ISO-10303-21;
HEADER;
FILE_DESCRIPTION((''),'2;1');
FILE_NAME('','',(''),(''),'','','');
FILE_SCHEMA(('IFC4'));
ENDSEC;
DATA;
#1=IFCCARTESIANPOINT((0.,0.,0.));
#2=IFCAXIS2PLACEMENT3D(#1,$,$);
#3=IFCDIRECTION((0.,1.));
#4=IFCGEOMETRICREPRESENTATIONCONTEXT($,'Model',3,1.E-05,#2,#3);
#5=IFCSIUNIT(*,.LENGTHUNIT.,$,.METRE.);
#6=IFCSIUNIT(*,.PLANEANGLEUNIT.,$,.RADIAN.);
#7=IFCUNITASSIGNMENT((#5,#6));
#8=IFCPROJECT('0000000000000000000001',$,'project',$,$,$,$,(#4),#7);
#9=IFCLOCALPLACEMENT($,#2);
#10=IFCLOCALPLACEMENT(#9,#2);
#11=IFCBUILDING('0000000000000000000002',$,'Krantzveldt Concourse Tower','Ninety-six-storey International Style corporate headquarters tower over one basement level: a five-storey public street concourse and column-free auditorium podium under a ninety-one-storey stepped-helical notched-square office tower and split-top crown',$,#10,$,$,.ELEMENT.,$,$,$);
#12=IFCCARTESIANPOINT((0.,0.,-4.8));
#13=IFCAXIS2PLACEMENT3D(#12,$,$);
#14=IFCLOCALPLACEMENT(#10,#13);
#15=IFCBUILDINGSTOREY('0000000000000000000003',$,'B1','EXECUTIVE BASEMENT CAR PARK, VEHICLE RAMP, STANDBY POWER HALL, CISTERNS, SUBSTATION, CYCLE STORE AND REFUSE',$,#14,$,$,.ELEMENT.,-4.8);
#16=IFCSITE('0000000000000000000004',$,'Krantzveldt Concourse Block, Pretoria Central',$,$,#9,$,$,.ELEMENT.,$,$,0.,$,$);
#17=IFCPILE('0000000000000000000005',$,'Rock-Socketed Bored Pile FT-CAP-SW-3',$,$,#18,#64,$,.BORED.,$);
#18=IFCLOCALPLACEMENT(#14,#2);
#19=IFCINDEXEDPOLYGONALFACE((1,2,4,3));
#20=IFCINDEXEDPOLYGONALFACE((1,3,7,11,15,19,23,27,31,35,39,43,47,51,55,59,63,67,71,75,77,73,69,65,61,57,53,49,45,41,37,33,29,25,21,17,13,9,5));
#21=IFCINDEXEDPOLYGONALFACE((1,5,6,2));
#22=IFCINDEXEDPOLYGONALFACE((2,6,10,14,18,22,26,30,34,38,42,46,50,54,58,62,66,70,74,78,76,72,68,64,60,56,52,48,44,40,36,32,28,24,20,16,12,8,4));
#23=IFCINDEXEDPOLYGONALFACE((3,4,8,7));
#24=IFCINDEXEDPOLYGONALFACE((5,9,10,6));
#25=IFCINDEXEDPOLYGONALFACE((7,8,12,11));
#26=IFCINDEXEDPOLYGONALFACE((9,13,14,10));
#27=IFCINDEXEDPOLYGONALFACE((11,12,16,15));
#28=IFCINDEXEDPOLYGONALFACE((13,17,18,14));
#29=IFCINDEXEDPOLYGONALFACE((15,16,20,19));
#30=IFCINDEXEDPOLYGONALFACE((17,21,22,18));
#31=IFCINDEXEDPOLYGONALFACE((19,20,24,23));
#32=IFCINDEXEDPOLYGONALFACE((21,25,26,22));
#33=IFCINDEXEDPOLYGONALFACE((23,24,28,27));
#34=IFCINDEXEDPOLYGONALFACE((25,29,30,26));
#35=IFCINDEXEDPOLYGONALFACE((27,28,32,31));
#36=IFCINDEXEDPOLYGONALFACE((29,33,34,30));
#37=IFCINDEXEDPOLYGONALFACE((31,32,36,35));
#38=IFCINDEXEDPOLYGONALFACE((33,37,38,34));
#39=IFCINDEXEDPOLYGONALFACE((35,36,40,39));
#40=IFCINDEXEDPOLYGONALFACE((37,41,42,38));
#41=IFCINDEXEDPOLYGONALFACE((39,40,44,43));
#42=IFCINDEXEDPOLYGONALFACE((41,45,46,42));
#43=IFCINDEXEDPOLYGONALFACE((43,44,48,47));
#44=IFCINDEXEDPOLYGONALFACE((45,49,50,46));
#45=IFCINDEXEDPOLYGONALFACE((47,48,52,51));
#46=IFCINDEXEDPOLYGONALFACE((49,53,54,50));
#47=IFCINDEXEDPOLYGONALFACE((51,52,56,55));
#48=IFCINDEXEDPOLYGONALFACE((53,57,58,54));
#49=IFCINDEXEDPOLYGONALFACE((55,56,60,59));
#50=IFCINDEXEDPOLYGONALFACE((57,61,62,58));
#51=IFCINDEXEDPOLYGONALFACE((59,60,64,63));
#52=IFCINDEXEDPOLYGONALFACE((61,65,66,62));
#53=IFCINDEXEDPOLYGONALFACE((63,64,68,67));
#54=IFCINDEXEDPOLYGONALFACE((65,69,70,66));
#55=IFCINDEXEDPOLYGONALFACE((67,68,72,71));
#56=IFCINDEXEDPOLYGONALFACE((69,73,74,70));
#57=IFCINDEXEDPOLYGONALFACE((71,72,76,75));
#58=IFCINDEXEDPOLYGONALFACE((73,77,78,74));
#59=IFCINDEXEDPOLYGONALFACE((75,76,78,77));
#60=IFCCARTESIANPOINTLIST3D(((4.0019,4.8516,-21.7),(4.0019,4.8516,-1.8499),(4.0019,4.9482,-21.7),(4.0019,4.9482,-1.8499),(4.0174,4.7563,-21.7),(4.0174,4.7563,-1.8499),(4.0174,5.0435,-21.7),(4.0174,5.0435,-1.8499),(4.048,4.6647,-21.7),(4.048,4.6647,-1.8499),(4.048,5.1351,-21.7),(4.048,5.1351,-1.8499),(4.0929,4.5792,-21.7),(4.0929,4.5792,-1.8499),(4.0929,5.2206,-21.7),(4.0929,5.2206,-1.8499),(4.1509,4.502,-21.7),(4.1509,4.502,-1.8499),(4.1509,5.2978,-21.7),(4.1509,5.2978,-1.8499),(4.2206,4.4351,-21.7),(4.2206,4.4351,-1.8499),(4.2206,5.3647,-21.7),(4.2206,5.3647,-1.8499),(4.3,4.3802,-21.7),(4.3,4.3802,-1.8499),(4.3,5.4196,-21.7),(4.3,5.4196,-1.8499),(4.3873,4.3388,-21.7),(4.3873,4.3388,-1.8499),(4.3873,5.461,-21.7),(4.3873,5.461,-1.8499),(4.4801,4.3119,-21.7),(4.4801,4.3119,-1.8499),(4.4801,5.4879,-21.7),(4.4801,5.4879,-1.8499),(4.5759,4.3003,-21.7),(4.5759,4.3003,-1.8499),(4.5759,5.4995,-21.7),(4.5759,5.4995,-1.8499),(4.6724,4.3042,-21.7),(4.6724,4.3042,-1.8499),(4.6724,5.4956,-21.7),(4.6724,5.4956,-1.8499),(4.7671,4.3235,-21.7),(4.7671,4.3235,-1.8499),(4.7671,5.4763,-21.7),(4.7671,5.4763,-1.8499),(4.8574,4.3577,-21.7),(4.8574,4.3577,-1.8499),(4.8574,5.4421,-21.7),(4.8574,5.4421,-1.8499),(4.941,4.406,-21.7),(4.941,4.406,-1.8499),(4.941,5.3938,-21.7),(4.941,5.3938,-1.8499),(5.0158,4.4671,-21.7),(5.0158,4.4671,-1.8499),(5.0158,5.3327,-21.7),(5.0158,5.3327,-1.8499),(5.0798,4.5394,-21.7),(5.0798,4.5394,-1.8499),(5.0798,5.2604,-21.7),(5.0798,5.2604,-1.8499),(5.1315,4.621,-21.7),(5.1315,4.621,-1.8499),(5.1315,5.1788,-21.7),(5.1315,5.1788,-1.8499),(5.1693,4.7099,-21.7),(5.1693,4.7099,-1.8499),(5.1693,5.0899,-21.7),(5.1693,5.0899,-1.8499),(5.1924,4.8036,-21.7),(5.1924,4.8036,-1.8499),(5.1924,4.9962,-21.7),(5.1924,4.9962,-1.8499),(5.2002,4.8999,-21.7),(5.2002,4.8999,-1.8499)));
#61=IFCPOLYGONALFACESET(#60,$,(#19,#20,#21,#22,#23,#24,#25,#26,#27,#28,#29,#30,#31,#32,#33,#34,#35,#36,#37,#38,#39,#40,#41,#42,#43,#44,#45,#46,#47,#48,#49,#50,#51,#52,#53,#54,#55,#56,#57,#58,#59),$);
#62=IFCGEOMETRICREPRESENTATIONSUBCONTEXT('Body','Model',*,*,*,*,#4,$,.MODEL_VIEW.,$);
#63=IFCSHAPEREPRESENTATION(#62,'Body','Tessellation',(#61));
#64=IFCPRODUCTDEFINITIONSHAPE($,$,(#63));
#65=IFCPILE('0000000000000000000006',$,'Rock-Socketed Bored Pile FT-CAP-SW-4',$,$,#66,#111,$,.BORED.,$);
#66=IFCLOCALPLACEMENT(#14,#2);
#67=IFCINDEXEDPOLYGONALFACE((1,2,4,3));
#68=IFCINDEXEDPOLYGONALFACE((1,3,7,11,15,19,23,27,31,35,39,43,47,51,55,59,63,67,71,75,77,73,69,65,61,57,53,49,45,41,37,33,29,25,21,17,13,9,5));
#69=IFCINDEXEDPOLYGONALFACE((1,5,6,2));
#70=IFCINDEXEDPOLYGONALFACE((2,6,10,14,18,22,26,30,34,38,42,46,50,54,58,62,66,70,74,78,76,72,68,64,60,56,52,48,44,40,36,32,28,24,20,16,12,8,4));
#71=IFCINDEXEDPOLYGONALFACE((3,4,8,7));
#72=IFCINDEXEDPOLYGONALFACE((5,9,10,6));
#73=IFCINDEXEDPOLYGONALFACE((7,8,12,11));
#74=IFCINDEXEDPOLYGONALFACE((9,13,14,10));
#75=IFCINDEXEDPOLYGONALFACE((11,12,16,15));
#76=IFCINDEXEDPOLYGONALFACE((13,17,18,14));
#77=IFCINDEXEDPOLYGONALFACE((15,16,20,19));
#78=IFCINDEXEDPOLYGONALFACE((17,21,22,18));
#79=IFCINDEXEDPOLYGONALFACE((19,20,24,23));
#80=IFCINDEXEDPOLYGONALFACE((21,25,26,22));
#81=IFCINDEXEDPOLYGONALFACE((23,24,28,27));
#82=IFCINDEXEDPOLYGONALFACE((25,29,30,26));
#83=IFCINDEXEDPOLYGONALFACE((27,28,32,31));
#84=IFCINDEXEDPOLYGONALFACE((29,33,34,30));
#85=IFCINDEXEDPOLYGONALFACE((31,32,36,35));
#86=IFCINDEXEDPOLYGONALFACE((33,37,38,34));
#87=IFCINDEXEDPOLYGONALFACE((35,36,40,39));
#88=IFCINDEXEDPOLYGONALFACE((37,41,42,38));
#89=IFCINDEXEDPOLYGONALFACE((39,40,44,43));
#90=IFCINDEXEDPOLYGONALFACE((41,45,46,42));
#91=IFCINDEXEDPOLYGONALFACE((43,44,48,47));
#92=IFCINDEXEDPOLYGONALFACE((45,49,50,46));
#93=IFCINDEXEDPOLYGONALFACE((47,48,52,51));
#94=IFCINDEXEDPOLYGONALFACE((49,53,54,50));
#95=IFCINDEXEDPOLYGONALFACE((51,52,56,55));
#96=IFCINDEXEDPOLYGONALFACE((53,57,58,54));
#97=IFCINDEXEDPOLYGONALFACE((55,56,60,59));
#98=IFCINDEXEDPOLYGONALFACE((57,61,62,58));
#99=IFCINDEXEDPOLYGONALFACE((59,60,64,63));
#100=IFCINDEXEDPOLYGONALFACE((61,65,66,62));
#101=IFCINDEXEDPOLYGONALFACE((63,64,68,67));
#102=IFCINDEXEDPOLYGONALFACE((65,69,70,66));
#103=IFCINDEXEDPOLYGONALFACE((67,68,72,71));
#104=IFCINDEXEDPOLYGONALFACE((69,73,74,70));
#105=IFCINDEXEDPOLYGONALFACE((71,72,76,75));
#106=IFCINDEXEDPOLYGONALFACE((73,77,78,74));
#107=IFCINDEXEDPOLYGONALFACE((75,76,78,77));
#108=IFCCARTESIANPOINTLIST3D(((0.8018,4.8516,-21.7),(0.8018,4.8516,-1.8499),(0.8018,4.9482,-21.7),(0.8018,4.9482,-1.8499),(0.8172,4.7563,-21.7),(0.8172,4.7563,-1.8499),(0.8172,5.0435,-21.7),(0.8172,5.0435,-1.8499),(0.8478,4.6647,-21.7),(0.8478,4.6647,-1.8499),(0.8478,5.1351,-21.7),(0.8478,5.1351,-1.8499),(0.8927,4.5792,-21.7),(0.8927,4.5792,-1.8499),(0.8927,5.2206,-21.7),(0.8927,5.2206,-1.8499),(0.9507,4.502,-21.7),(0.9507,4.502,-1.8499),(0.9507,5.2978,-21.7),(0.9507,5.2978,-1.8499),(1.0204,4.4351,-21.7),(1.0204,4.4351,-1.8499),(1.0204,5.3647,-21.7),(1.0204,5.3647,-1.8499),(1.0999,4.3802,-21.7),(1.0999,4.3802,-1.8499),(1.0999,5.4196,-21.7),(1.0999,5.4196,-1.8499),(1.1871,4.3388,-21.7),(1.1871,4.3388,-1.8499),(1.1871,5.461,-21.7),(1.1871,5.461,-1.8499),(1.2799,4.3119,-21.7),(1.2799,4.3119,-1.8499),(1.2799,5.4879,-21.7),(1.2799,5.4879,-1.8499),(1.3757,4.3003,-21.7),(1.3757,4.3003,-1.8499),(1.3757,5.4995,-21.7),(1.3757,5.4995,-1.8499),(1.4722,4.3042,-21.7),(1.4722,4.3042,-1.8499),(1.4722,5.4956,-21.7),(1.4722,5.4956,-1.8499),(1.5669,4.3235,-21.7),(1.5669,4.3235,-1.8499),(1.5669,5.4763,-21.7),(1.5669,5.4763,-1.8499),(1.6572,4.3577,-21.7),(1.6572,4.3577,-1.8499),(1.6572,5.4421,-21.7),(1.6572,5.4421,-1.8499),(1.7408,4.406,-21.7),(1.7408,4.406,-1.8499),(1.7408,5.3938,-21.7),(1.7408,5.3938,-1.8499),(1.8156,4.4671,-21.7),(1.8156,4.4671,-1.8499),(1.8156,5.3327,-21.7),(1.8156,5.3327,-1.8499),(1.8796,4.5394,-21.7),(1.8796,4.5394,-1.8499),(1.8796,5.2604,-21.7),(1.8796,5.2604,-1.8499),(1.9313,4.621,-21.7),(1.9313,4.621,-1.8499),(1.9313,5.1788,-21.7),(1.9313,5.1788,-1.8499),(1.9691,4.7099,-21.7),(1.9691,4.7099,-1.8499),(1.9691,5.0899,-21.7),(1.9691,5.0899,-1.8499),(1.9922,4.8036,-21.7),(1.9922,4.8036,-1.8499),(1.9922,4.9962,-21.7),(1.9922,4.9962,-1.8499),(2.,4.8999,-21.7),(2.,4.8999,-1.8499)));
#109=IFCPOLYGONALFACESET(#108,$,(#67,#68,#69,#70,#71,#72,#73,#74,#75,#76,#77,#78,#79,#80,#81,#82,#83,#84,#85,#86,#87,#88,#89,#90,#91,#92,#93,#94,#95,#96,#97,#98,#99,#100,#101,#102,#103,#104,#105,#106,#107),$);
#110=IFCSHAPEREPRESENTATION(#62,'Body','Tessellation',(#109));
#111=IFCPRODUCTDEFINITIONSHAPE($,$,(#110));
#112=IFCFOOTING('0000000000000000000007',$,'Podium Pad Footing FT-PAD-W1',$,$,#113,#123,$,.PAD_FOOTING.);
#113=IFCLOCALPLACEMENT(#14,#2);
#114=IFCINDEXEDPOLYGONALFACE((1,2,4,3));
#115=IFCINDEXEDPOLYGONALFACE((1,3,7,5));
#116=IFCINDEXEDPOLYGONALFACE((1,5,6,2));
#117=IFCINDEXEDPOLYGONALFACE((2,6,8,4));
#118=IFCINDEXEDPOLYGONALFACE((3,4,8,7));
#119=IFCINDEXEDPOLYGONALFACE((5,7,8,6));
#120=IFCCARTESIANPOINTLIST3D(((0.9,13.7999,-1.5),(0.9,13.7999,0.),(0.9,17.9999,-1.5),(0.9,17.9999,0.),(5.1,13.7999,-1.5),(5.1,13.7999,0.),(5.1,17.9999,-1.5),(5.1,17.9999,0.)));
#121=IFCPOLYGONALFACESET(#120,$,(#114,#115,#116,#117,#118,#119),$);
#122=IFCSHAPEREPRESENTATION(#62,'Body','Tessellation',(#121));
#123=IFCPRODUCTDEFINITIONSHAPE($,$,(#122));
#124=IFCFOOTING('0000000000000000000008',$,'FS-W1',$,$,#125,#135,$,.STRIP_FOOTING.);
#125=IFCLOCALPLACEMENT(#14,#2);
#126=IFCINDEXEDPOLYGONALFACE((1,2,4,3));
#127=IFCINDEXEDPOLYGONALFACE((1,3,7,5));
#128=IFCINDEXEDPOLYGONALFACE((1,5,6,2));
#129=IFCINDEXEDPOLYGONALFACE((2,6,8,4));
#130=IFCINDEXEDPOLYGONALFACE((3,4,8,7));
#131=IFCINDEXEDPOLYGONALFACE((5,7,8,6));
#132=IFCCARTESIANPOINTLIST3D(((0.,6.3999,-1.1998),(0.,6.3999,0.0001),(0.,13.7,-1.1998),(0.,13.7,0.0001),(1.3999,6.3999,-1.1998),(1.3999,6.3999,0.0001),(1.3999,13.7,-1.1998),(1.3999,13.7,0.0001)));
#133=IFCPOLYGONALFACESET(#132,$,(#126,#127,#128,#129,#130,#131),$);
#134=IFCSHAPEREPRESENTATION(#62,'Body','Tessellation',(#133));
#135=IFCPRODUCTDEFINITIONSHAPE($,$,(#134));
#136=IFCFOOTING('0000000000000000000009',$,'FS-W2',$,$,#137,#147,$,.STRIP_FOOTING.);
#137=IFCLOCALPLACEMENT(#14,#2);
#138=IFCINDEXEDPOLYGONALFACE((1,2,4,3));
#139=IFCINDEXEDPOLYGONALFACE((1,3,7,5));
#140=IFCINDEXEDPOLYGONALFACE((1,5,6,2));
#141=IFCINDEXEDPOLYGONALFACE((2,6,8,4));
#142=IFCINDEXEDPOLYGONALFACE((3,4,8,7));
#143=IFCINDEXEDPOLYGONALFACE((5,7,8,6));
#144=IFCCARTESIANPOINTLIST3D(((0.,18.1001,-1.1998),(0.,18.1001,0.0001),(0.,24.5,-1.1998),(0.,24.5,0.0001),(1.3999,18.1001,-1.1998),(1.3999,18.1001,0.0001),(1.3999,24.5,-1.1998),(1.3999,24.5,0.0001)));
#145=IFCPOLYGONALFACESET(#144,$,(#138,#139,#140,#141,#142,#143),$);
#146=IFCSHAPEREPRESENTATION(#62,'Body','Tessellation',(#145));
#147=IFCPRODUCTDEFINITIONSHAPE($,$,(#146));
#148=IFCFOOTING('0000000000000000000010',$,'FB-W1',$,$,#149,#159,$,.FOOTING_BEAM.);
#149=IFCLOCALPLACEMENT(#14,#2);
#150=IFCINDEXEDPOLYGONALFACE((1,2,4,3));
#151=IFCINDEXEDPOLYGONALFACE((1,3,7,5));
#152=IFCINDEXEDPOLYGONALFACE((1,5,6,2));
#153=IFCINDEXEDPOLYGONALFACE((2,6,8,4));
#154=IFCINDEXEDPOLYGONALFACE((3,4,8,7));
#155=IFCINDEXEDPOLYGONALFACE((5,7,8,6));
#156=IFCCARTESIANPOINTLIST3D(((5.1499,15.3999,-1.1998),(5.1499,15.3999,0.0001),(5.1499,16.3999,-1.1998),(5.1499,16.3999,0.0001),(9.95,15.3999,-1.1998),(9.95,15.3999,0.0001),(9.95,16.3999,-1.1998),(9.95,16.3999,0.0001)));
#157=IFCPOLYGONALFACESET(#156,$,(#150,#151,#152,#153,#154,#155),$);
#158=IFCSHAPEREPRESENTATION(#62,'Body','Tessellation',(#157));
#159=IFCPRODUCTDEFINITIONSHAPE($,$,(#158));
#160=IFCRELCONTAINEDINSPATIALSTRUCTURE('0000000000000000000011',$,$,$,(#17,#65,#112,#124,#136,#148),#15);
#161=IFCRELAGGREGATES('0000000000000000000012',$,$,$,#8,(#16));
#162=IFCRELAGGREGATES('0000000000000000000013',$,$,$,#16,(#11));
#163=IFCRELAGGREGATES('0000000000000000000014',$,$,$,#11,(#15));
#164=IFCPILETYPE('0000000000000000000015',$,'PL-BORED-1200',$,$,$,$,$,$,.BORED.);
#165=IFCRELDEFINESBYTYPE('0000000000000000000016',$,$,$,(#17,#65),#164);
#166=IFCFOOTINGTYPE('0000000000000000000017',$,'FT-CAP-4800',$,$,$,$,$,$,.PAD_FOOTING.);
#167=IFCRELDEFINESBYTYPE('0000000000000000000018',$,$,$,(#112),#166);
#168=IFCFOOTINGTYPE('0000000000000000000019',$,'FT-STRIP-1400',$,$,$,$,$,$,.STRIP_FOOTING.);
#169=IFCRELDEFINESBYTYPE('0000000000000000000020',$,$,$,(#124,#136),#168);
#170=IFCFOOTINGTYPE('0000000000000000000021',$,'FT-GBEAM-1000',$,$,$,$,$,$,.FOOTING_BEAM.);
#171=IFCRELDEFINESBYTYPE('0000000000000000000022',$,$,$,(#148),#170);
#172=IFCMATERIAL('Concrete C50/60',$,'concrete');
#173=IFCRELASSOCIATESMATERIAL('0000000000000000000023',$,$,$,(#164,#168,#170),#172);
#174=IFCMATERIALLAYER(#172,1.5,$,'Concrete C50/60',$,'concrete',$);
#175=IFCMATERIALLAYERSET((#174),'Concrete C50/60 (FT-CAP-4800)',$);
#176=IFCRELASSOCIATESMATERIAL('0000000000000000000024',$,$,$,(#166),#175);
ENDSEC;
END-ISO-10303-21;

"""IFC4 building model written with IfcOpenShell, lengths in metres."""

from ifc_helpers import new_model, si_unit, direction, frame, origin, origin_2d, place, context, subcontext, project, spatial, rectangle, circle, extrude, source, transform, mapped, material, layer, layer_set, material_profile, profile_set, type_object, type_shapes, element, save


model = new_model("IFC4")

# Units and contexts
model_context = context("Model", 3, precision=1e-05, world=origin(), true_north=direction((0.0, 1.0)))
body_context = subcontext(model_context, "Body", "Model", "MODEL_VIEW")
ifc_project = project(units=[si_unit("LENGTHUNIT", "METRE"), si_unit("PLANEANGLEUNIT", "RADIAN")], contexts=[model_context])

# Site, building, storey
site_placement = place(None, origin())
site = spatial("IfcSite", under=ifc_project, at=site_placement, Name="Krantzveldt Concourse Block, Pretoria Central", CompositionType="ELEMENT", RefElevation=0.0)
building_placement = place(site_placement, origin())
building = spatial("IfcBuilding", under=site, at=building_placement, Name="Krantzveldt Concourse Tower", Description="Ninety-six-storey International Style corporate headquarters tower over one basement level: a five-storey public street concourse and column-free auditorium podium under a ninety-one-storey stepped-helical notched-square office tower and split-top crown", CompositionType="ELEMENT")
storey_placement = place(building_placement, frame((0.0, 0.0, -4.8)))
storey = spatial("IfcBuildingStorey", under=building, at=storey_placement, Name="B1", Description="EXECUTIVE BASEMENT CAR PARK, VEHICLE RAMP, STANDBY POWER HALL, CISTERNS, SUBSTATION, CYCLE STORE AND REFUSE", CompositionType="ELEMENT", Elevation=-4.8)

# Piles
ifc_material_1 = material(Name="Concrete C50/60", Category="concrete")
ifc_material_profile_1 = material_profile(ifc_material_1, circle(Radius=0.6001, at=origin_2d()), Name="Concrete C50/60", Category="concrete")
ifc_profile_set_1 = profile_set([ifc_material_profile_1], Name="Concrete C50/60 - PILE D1200")
pile_type = type_object("IfcPileType", Name="PL-BORED-1200", PredefinedType="BORED", material=ifc_profile_set_1)
shared_shape_1 = source(origin(), body_context, "Body", "SweptSolid", [
    extrude(circle(Radius=0.6001, at=origin_2d()), origin(), (0.0, 0.0, 1.0), 19.8501),
])
for number, where, z_axis, x_axis, name in (
    (1, (4.6001, 4.8999, -1.8499), (0.0, 0.0, -1.0), (1.0, 0.0, 0.0), "Rock-Socketed Bored Pile FT-CAP-SW-3"),
    (2, (1.3999, 4.8999, -1.8499), (0.0, 0.0, -1.0), (1.0, 0.0, 0.0), "Rock-Socketed Bored Pile FT-CAP-SW-4"),
):
    element("IfcPile", number, at=place(storey_placement, frame(where, z_axis=z_axis, x_axis=x_axis)), inside=storey, type_object=pile_type, Name=name, PredefinedType="BORED", context=body_context, shape_type="MappedRepresentation", body=[
        mapped(shared_shape_1, transform((0.0, 0.0, 0.0), x_axis=(1.0, 0.0, 0.0), y_axis=(0.0, 1.0, 0.0), z_axis=(0.0, 0.0, 1.0), scale=1.0)),
    ])

# Footings
ifc_layer = layer(ifc_material_1, 1.5, Name="Concrete C50/60", Category="concrete")
ifc_layer_set = layer_set([ifc_layer], Name="Concrete C50/60 (FT-CAP-4800)")
footing_type_1 = type_object("IfcFootingType", Name="FT-CAP-4800", PredefinedType="PAD_FOOTING", material=ifc_layer_set)
shared_shape_2 = source(origin(), body_context, "Body", "SweptSolid", [
    extrude(rectangle(XDim=4.2, YDim=4.2, at=origin_2d()), origin(), (0.0, 0.0, 1.0), 1.5),
])
type_shapes(footing_type_1, [shared_shape_2])
footing_1_placement = place(storey_placement, frame((3.0, 15.8999, -1.5), z_axis=(0.0, 0.0, 1.0), x_axis=(1.0, 0.0, 0.0)))
element("IfcFooting", 3, at=footing_1_placement, inside=storey, type_object=footing_type_1, Name="Podium Pad Footing FT-PAD-W1", PredefinedType="PAD_FOOTING", context=body_context, shape_type="MappedRepresentation", body=[
    mapped(shared_shape_2, transform((0.0, 0.0, 0.0), x_axis=(1.0, 0.0, 0.0), y_axis=(0.0, 1.0, 0.0), z_axis=(0.0, 0.0, 1.0), scale=1.0)),
])
ifc_material_profile_2 = material_profile(ifc_material_1, rectangle(XDim=1.3999, YDim=1.2, at=origin_2d()), Name="Concrete C50/60", Category="concrete")
ifc_profile_set_2 = profile_set([ifc_material_profile_2], Name="Concrete C50/60 - STRIP 1400x1200")
footing_type_2 = type_object("IfcFootingType", Name="FT-STRIP-1400", PredefinedType="STRIP_FOOTING", material=ifc_profile_set_2)
shared_shape_3 = source(origin(), body_context, "Body", "SweptSolid", [
    extrude(rectangle(XDim=1.3999, YDim=1.2, at=origin_2d()), origin(), (0.0, 0.0, 1.0), 7.3),
])
footing_2_placement = place(storey_placement, frame((0.7, 6.3999, -0.5999), z_axis=(0.0, 1.0, 0.0), x_axis=(-1.0, 0.0, 0.0)))
element("IfcFooting", 4, at=footing_2_placement, inside=storey, type_object=footing_type_2, Name="FS-W1", PredefinedType="STRIP_FOOTING", context=body_context, shape_type="MappedRepresentation", body=[
    mapped(shared_shape_3, transform((0.0, 0.0, 0.0), x_axis=(1.0, 0.0, 0.0), y_axis=(0.0, 1.0, 0.0), z_axis=(0.0, 0.0, 1.0), scale=1.0)),
])
shared_shape_4 = source(origin(), body_context, "Body", "SweptSolid", [
    extrude(rectangle(XDim=1.3999, YDim=1.2, at=origin_2d()), origin(), (0.0, 0.0, 1.0), 6.3999),
])
type_shapes(footing_type_2, [shared_shape_3, shared_shape_4])
footing_3_placement = place(storey_placement, frame((0.7, 18.1001, -0.5999), z_axis=(0.0, 1.0, 0.0), x_axis=(-1.0, 0.0, 0.0)))
element("IfcFooting", 5, at=footing_3_placement, inside=storey, type_object=footing_type_2, Name="FS-W2", PredefinedType="STRIP_FOOTING", context=body_context, shape_type="MappedRepresentation", body=[
    mapped(shared_shape_4, transform((0.0, 0.0, 0.0), x_axis=(1.0, 0.0, 0.0), y_axis=(0.0, 1.0, 0.0), z_axis=(0.0, 0.0, 1.0), scale=1.0)),
])
ifc_material_profile_3 = material_profile(ifc_material_1, rectangle(XDim=1.0, YDim=1.2, at=origin_2d()), Name="Concrete C50/60", Category="concrete")
ifc_profile_set_3 = profile_set([ifc_material_profile_3], Name="Concrete C50/60 - FBEAM 1000x1200")
footing_type_3 = type_object("IfcFootingType", Name="FT-GBEAM-1000", PredefinedType="FOOTING_BEAM", material=ifc_profile_set_3)
shared_shape_5 = source(origin(), body_context, "Body", "SweptSolid", [
    extrude(rectangle(XDim=1.0, YDim=1.2, at=origin_2d()), origin(), (0.0, 0.0, 1.0), 4.8),
])
type_shapes(footing_type_3, [shared_shape_5])
footing_4_placement = place(storey_placement, frame((5.1499, 15.8999, -0.5999), z_axis=(1.0, 0.0, 0.0), x_axis=(0.0, 1.0, 0.0)))
element("IfcFooting", 6, at=footing_4_placement, inside=storey, type_object=footing_type_3, Name="FB-W1", PredefinedType="FOOTING_BEAM", context=body_context, shape_type="MappedRepresentation", body=[
    mapped(shared_shape_5, transform((0.0, 0.0, 0.0), x_axis=(1.0, 0.0, 0.0), y_axis=(0.0, 1.0, 0.0), z_axis=(0.0, 0.0, 1.0), scale=1.0)),
])

save(model, "model.ifc")
